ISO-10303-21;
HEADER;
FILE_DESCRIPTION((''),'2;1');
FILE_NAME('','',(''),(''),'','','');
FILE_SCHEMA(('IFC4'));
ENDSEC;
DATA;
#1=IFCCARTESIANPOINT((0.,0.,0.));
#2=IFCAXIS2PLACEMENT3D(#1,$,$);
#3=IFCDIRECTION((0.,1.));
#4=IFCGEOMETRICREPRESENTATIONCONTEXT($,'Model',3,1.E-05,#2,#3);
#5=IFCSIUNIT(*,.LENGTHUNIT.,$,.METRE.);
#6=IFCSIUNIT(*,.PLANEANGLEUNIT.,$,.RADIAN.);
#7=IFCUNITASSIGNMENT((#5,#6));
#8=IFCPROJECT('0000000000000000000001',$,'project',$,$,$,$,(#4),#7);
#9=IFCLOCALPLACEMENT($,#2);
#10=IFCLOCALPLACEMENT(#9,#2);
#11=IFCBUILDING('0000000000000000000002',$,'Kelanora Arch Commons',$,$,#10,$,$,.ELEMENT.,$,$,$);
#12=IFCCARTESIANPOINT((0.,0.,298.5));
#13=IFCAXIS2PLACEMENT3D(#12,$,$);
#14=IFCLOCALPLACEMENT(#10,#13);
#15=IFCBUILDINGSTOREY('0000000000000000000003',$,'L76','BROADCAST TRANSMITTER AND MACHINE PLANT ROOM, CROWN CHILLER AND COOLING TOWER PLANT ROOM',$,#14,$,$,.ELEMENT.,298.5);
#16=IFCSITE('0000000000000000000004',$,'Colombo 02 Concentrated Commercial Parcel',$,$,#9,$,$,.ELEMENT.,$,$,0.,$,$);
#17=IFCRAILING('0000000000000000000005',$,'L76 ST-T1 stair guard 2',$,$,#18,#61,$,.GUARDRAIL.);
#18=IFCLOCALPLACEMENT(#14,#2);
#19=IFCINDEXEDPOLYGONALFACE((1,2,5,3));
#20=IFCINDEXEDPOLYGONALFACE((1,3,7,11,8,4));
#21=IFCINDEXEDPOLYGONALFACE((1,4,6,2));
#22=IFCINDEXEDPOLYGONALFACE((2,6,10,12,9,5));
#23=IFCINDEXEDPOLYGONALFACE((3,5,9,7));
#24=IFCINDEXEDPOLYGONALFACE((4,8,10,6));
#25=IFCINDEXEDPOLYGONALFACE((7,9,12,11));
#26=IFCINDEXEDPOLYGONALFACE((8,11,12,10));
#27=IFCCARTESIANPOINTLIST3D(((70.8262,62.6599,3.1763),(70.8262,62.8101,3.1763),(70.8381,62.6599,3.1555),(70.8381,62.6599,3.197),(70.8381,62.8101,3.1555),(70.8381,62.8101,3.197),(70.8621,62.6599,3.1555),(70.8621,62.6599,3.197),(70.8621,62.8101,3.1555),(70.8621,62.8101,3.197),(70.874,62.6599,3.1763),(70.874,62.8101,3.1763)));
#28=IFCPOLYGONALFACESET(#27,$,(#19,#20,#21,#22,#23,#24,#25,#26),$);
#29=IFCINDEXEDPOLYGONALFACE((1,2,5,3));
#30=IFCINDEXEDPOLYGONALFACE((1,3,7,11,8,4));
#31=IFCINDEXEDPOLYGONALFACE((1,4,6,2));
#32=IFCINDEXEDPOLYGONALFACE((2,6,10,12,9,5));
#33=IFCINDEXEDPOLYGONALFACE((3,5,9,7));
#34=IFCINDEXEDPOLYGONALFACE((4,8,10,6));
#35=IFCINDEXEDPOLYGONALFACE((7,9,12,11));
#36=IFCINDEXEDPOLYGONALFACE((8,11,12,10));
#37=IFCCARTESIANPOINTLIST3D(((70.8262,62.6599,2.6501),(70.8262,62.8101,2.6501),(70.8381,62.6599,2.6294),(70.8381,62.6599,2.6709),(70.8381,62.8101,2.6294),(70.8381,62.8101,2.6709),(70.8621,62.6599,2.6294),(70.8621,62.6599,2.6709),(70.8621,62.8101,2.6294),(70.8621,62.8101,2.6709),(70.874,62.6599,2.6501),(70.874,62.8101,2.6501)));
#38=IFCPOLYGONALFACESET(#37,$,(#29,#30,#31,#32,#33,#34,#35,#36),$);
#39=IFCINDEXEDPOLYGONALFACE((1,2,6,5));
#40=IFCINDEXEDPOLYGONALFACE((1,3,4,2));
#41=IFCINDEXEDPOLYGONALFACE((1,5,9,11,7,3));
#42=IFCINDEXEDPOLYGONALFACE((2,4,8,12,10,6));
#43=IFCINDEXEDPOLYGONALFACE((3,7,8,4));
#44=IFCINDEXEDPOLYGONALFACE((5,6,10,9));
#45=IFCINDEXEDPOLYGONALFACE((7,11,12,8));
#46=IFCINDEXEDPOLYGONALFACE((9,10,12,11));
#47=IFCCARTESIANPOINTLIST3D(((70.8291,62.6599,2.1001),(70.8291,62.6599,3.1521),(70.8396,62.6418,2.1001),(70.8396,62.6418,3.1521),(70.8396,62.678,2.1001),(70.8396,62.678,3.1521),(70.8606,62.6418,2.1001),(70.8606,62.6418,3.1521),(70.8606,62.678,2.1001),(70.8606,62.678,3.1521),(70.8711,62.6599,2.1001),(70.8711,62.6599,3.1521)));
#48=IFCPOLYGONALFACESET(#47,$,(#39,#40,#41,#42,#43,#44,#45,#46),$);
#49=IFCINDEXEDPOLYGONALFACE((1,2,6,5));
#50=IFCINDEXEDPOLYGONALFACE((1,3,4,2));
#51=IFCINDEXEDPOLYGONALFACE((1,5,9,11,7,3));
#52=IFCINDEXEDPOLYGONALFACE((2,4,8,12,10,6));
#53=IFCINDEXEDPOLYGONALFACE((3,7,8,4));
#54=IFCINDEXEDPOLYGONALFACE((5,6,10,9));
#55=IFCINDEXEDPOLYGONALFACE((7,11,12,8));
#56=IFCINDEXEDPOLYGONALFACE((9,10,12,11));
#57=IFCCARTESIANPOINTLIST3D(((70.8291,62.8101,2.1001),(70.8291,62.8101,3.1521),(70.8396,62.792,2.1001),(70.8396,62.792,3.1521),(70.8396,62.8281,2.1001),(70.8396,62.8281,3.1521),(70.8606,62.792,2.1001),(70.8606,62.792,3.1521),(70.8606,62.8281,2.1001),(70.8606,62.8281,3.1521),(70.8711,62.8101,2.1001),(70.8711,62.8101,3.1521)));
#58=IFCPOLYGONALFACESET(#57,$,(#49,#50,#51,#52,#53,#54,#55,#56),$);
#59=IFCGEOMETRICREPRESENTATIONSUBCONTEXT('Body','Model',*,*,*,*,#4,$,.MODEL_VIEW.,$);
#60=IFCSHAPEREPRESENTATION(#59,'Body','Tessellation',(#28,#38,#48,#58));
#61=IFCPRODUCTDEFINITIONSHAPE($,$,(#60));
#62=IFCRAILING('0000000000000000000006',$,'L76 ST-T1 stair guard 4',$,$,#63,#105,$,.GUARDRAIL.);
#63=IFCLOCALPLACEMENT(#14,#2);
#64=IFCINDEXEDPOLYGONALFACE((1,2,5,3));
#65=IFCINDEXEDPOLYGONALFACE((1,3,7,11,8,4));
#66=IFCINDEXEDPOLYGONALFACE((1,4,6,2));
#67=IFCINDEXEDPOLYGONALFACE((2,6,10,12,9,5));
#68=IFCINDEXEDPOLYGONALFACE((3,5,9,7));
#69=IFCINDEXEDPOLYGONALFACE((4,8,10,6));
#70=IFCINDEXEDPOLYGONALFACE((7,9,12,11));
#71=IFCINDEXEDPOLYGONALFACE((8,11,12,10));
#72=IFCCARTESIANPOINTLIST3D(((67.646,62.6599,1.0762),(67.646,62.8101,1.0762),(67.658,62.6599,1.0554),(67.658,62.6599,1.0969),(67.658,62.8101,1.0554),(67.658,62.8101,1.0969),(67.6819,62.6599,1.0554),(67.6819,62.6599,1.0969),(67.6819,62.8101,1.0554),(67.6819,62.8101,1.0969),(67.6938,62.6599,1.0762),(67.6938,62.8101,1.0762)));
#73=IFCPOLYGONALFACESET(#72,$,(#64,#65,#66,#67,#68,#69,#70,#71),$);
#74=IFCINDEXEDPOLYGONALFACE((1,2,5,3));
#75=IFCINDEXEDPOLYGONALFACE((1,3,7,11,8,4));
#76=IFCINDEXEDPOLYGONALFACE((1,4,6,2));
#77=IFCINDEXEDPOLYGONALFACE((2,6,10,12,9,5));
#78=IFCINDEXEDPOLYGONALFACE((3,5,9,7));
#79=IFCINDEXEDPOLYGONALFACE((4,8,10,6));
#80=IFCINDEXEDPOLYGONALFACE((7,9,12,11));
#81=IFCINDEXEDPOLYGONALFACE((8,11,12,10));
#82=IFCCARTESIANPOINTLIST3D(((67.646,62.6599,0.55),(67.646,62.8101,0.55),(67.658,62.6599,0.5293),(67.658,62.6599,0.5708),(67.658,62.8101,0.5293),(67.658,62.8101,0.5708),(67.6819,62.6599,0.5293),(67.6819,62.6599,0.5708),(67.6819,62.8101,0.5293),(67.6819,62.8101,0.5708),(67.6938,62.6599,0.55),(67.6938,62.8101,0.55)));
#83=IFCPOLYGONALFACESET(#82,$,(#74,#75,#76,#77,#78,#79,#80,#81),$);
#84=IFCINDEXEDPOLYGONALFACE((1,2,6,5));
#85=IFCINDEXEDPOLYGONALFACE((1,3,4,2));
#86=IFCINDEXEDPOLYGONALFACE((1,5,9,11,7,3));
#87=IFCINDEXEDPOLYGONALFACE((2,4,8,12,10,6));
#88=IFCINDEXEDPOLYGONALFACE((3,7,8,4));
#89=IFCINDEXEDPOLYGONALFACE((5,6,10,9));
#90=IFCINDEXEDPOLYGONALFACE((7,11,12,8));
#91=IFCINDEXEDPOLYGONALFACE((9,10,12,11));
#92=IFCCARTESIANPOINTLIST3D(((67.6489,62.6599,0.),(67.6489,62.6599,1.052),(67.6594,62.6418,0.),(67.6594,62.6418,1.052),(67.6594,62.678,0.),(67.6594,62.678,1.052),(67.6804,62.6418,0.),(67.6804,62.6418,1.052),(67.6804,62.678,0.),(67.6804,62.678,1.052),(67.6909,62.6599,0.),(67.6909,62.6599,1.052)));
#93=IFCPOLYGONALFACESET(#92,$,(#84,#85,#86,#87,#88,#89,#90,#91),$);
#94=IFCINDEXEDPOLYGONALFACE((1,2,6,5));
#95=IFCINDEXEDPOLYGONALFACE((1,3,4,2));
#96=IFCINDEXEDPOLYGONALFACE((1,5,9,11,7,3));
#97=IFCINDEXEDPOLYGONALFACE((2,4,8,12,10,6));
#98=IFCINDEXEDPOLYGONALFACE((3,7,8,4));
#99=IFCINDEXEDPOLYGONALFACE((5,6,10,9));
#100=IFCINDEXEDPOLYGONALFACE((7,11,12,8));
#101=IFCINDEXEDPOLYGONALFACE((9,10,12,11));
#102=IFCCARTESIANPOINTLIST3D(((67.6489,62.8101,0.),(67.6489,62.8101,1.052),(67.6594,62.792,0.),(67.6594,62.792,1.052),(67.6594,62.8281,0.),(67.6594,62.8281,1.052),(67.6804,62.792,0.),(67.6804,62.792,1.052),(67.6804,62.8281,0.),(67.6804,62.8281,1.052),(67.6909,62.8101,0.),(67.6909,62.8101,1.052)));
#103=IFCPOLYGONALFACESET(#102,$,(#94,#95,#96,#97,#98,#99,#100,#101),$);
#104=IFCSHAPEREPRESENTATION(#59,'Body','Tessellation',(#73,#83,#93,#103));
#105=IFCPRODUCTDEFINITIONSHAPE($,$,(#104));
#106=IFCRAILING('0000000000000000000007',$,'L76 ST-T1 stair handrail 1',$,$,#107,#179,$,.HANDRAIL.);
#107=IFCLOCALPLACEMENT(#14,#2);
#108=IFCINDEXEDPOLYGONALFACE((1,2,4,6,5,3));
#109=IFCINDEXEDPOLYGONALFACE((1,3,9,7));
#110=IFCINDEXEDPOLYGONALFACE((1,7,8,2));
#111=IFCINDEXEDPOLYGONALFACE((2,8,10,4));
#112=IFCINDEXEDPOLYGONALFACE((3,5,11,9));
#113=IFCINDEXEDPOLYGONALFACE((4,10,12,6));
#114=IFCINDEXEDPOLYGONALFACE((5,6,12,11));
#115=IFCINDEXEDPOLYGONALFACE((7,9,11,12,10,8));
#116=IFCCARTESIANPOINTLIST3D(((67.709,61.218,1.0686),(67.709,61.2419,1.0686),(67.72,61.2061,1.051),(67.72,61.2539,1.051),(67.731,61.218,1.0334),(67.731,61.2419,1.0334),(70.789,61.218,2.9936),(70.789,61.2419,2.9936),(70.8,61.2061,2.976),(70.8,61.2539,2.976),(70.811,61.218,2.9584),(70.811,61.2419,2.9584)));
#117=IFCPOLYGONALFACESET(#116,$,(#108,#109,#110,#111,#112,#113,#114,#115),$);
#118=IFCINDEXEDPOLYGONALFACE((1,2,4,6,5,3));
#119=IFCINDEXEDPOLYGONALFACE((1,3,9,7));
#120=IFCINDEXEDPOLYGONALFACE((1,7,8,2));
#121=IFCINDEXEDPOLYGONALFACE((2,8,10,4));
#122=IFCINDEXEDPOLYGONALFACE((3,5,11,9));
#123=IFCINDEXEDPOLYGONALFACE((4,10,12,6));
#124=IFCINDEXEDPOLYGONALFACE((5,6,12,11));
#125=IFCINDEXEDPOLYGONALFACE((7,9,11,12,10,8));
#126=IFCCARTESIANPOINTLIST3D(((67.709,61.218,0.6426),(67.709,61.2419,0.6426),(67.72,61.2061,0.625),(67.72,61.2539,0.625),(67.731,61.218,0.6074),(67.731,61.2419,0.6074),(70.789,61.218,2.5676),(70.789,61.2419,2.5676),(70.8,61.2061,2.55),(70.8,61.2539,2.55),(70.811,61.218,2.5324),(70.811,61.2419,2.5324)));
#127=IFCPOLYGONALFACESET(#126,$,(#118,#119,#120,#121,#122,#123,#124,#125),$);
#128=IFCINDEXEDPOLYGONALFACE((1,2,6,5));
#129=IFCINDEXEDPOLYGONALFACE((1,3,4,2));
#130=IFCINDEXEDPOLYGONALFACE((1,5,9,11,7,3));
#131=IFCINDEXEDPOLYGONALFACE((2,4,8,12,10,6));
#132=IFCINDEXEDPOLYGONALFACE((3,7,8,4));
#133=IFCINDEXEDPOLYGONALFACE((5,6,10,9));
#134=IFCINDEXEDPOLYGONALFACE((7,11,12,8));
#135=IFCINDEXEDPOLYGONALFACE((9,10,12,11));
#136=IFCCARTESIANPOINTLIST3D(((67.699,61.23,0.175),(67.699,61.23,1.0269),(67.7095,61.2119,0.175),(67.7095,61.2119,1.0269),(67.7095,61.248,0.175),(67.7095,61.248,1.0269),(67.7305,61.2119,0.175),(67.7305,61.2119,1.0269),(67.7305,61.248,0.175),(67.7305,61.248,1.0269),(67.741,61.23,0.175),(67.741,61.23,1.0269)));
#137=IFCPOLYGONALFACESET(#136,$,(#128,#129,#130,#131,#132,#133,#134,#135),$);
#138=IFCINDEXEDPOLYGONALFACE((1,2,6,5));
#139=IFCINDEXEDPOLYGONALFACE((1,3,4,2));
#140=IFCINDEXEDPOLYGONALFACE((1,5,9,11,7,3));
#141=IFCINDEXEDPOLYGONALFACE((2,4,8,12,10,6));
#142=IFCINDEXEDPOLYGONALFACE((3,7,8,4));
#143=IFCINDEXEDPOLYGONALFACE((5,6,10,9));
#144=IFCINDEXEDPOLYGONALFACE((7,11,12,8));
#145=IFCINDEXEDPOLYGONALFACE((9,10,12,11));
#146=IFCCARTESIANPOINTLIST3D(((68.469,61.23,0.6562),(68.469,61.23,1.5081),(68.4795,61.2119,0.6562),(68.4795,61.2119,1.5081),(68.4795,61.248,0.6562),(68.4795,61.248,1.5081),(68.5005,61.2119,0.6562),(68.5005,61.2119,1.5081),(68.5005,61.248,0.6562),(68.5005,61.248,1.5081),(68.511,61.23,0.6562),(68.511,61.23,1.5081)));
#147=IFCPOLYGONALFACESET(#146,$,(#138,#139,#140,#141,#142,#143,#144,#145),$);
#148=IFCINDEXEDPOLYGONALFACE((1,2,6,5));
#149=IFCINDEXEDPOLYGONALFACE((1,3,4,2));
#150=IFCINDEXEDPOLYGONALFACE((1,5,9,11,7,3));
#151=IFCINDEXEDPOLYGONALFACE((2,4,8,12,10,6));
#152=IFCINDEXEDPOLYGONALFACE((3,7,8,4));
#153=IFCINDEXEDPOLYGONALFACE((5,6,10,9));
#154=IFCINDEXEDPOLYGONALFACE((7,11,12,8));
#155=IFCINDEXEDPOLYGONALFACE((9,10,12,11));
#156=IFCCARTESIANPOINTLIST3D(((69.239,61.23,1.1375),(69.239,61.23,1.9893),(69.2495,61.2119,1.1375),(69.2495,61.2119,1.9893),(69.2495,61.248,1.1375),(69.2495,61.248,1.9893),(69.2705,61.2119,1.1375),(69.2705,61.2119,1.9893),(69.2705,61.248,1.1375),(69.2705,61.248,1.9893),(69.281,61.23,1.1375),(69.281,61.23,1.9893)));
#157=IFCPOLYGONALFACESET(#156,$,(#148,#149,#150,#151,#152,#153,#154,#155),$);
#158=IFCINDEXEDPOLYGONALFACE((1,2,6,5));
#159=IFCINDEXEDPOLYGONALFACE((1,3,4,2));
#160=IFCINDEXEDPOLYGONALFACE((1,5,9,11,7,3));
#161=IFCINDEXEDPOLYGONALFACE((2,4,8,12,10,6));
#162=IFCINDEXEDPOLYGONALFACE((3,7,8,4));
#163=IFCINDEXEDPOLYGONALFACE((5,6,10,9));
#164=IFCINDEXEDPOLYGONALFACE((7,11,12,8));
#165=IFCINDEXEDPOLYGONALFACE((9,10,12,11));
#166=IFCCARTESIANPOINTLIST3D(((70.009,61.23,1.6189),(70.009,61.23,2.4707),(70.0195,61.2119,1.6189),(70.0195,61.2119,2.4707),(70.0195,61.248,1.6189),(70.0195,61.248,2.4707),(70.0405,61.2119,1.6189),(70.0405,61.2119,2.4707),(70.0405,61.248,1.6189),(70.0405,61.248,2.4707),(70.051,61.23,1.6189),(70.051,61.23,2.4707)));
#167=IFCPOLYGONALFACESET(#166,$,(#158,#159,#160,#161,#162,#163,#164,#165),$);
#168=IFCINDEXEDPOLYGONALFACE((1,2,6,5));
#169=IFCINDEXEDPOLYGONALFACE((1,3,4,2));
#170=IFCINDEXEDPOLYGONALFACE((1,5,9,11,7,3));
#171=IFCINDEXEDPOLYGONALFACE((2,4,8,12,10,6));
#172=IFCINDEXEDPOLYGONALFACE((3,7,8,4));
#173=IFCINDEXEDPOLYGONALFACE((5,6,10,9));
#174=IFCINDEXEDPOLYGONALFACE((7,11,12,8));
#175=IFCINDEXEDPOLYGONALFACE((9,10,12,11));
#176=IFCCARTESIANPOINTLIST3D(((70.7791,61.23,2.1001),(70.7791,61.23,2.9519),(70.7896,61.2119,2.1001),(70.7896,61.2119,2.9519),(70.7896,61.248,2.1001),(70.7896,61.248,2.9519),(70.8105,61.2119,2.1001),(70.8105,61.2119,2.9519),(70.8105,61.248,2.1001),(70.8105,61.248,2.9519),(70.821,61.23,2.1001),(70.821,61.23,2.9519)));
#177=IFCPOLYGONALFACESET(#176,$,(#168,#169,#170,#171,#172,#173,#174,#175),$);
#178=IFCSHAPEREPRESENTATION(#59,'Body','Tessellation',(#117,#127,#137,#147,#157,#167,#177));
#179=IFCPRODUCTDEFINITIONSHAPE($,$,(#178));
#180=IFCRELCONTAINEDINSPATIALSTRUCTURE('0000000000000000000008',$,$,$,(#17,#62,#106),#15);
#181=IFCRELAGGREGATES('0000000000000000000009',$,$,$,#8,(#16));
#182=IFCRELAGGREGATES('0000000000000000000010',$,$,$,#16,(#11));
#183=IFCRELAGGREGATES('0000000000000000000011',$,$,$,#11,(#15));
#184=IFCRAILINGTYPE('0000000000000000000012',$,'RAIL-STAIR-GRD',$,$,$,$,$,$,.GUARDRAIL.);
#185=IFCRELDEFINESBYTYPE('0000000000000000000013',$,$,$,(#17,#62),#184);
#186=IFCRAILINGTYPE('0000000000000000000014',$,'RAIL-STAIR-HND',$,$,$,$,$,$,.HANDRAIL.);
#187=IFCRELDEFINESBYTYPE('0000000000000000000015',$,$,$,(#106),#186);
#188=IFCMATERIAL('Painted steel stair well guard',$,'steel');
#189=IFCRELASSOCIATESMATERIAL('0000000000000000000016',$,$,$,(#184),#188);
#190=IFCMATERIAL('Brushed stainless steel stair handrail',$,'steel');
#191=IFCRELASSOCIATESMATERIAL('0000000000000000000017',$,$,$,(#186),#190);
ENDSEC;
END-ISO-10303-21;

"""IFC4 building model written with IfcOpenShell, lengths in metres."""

from ifc_helpers import new_model, si_unit, direction, frame, origin, place, context, subcontext, project, spatial, polyline, outline, extrude, material, type_object, element, save


model = new_model("IFC4")

# Units and contexts
model_context = context("Model", 3, precision=1e-05, world=origin(), true_north=direction((0.0, 1.0)))
body_context = subcontext(model_context, "Body", "Model", "MODEL_VIEW")
ifc_project = project(units=[si_unit("LENGTHUNIT", "METRE"), si_unit("PLANEANGLEUNIT", "RADIAN")], contexts=[model_context])

# Site, building, storey
site_placement = place(None, origin())
site = spatial("IfcSite", under=ifc_project, at=site_placement, Name="Colombo 02 Concentrated Commercial Parcel", CompositionType="ELEMENT", RefElevation=0.0)
building_placement = place(site_placement, origin())
building = spatial("IfcBuilding", under=site, at=building_placement, Name="Kelanora Arch Commons", CompositionType="ELEMENT")
storey_placement = place(building_placement, frame((0.0, 0.0, 298.5)))
storey = spatial("IfcBuildingStorey", under=building, at=storey_placement, Name="L76", Description="BROADCAST TRANSMITTER AND MACHINE PLANT ROOM, CROWN CHILLER AND COOLING TOWER PLANT ROOM", CompositionType="ELEMENT", Elevation=298.5)

# Railings
ifc_material_1 = material(Name="Painted steel stair well guard", Category="steel")
railing_type_1 = type_object("IfcRailingType", Name="RAIL-STAIR-GRD", PredefinedType="GUARDRAIL", material=ifc_material_1)
for number, where, name in (
    (1, (70.8501, 62.6599, 2.1001), "L76 ST-T1 stair guard 2"),
    (2, (67.6699, 62.6599, 0.0), "L76 ST-T1 stair guard 4"),
):
    element("IfcRailing", number, at=place(storey_placement, frame(where)), inside=storey, type_object=railing_type_1, Name=name, PredefinedType="GUARDRAIL", context=body_context, shape_type="SweptSolid", body=[
        extrude(outline(polyline([(0.0239, 0.0), (0.012, 0.0208), (-0.012, 0.0208), (-0.0239, 0.0), (-0.012, -0.0208), (0.012, -0.0208), (0.0239, 0.0)])), frame((0.0, 0.0, 1.0762), z_axis=(0.0, 1.0, 0.0), x_axis=(-1.0, 0.0, 0.0)), (0.0, 0.0, 1.0), 0.1501),
        extrude(outline(polyline([(0.0239, 0.0), (0.012, 0.0208), (-0.012, 0.0208), (-0.0239, 0.0), (-0.012, -0.0208), (0.012, -0.0208), (0.0239, 0.0)])), frame((0.0, 0.0, 0.55), z_axis=(0.0, 1.0, 0.0), x_axis=(-1.0, 0.0, 0.0)), (0.0, 0.0, 1.0), 0.1501),
        extrude(outline(polyline([(0.021, 0.0), (0.0105, 0.0181), (-0.0105, 0.0181), (-0.021, 0.0), (-0.0105, -0.0181), (0.0105, -0.0181), (0.021, 0.0)])), origin(), (0.0, 0.0, 1.0), 1.052),
        extrude(outline(polyline([(0.021, 0.0), (0.0105, 0.0181), (-0.0105, 0.0181), (-0.021, 0.0), (-0.0105, -0.0181), (0.0105, -0.0181), (0.021, 0.0)])), frame((0.0, 0.1501, 0.0)), (0.0, 0.0, 1.0), 1.052),
    ])
ifc_material_2 = material(Name="Brushed stainless steel stair handrail", Category="steel")
railing_type_2 = type_object("IfcRailingType", Name="RAIL-STAIR-HND", PredefinedType="HANDRAIL", material=ifc_material_2)
railing_1_placement = place(storey_placement, frame((67.72, 61.23, 0.175)))
element("IfcRailing", 3, at=railing_1_placement, inside=storey, type_object=railing_type_2, Name="L76 ST-T1 stair handrail 1", PredefinedType="HANDRAIL", context=body_context, shape_type="SweptSolid", body=[
    extrude(outline(polyline([(0.0239, 0.0), (0.012, 0.0208), (-0.012, 0.0208), (-0.0239, 0.0), (-0.012, -0.0208), (0.012, -0.0208), (0.0239, 0.0)])), frame((0.0, 0.0, 0.876), z_axis=(0.847998, 0.0, 0.529999), x_axis=(0.0, 1.0, 0.0)), (0.0, 0.0, 1.0), 3.6321),
    extrude(outline(polyline([(0.0239, 0.0), (0.012, 0.0208), (-0.012, 0.0208), (-0.0239, 0.0), (-0.012, -0.0208), (0.012, -0.0208), (0.0239, 0.0)])), frame((0.0, 0.0, 0.45), z_axis=(0.847998, 0.0, 0.529999), x_axis=(0.0, 1.0, 0.0)), (0.0, 0.0, 1.0), 3.6321),
    extrude(outline(polyline([(0.021, 0.0), (0.0105, 0.0181), (-0.0105, 0.0181), (-0.021, 0.0), (-0.0105, -0.0181), (0.0105, -0.0181), (0.021, 0.0)])), origin(), (0.0, 0.0, 1.0), 0.8518),
    extrude(outline(polyline([(0.021, 0.0), (0.0105, 0.0181), (-0.0105, 0.0181), (-0.021, 0.0), (-0.0105, -0.0181), (0.0105, -0.0181), (0.021, 0.0)])), frame((0.77, 0.0, 0.4812)), (0.0, 0.0, 1.0), 0.8518),
    extrude(outline(polyline([(0.021, 0.0), (0.0105, 0.0181), (-0.0105, 0.0181), (-0.021, 0.0), (-0.0105, -0.0181), (0.0105, -0.0181), (0.021, 0.0)])), frame((1.54, 0.0, 0.9624)), (0.0, 0.0, 1.0), 0.8518),
    extrude(outline(polyline([(0.021, 0.0), (0.0105, 0.0181), (-0.0105, 0.0181), (-0.021, 0.0), (-0.0105, -0.0181), (0.0105, -0.0181), (0.021, 0.0)])), frame((2.3101, 0.0, 1.4438)), (0.0, 0.0, 1.0), 0.8518),
    extrude(outline(polyline([(0.021, 0.0), (0.0105, 0.0181), (-0.0105, 0.0181), (-0.021, 0.0), (-0.0105, -0.0181), (0.0105, -0.0181), (0.021, 0.0)])), frame((3.0801, 0.0, 1.925)), (0.0, 0.0, 1.0), 0.8518),
])

save(model, "model.ifc")
